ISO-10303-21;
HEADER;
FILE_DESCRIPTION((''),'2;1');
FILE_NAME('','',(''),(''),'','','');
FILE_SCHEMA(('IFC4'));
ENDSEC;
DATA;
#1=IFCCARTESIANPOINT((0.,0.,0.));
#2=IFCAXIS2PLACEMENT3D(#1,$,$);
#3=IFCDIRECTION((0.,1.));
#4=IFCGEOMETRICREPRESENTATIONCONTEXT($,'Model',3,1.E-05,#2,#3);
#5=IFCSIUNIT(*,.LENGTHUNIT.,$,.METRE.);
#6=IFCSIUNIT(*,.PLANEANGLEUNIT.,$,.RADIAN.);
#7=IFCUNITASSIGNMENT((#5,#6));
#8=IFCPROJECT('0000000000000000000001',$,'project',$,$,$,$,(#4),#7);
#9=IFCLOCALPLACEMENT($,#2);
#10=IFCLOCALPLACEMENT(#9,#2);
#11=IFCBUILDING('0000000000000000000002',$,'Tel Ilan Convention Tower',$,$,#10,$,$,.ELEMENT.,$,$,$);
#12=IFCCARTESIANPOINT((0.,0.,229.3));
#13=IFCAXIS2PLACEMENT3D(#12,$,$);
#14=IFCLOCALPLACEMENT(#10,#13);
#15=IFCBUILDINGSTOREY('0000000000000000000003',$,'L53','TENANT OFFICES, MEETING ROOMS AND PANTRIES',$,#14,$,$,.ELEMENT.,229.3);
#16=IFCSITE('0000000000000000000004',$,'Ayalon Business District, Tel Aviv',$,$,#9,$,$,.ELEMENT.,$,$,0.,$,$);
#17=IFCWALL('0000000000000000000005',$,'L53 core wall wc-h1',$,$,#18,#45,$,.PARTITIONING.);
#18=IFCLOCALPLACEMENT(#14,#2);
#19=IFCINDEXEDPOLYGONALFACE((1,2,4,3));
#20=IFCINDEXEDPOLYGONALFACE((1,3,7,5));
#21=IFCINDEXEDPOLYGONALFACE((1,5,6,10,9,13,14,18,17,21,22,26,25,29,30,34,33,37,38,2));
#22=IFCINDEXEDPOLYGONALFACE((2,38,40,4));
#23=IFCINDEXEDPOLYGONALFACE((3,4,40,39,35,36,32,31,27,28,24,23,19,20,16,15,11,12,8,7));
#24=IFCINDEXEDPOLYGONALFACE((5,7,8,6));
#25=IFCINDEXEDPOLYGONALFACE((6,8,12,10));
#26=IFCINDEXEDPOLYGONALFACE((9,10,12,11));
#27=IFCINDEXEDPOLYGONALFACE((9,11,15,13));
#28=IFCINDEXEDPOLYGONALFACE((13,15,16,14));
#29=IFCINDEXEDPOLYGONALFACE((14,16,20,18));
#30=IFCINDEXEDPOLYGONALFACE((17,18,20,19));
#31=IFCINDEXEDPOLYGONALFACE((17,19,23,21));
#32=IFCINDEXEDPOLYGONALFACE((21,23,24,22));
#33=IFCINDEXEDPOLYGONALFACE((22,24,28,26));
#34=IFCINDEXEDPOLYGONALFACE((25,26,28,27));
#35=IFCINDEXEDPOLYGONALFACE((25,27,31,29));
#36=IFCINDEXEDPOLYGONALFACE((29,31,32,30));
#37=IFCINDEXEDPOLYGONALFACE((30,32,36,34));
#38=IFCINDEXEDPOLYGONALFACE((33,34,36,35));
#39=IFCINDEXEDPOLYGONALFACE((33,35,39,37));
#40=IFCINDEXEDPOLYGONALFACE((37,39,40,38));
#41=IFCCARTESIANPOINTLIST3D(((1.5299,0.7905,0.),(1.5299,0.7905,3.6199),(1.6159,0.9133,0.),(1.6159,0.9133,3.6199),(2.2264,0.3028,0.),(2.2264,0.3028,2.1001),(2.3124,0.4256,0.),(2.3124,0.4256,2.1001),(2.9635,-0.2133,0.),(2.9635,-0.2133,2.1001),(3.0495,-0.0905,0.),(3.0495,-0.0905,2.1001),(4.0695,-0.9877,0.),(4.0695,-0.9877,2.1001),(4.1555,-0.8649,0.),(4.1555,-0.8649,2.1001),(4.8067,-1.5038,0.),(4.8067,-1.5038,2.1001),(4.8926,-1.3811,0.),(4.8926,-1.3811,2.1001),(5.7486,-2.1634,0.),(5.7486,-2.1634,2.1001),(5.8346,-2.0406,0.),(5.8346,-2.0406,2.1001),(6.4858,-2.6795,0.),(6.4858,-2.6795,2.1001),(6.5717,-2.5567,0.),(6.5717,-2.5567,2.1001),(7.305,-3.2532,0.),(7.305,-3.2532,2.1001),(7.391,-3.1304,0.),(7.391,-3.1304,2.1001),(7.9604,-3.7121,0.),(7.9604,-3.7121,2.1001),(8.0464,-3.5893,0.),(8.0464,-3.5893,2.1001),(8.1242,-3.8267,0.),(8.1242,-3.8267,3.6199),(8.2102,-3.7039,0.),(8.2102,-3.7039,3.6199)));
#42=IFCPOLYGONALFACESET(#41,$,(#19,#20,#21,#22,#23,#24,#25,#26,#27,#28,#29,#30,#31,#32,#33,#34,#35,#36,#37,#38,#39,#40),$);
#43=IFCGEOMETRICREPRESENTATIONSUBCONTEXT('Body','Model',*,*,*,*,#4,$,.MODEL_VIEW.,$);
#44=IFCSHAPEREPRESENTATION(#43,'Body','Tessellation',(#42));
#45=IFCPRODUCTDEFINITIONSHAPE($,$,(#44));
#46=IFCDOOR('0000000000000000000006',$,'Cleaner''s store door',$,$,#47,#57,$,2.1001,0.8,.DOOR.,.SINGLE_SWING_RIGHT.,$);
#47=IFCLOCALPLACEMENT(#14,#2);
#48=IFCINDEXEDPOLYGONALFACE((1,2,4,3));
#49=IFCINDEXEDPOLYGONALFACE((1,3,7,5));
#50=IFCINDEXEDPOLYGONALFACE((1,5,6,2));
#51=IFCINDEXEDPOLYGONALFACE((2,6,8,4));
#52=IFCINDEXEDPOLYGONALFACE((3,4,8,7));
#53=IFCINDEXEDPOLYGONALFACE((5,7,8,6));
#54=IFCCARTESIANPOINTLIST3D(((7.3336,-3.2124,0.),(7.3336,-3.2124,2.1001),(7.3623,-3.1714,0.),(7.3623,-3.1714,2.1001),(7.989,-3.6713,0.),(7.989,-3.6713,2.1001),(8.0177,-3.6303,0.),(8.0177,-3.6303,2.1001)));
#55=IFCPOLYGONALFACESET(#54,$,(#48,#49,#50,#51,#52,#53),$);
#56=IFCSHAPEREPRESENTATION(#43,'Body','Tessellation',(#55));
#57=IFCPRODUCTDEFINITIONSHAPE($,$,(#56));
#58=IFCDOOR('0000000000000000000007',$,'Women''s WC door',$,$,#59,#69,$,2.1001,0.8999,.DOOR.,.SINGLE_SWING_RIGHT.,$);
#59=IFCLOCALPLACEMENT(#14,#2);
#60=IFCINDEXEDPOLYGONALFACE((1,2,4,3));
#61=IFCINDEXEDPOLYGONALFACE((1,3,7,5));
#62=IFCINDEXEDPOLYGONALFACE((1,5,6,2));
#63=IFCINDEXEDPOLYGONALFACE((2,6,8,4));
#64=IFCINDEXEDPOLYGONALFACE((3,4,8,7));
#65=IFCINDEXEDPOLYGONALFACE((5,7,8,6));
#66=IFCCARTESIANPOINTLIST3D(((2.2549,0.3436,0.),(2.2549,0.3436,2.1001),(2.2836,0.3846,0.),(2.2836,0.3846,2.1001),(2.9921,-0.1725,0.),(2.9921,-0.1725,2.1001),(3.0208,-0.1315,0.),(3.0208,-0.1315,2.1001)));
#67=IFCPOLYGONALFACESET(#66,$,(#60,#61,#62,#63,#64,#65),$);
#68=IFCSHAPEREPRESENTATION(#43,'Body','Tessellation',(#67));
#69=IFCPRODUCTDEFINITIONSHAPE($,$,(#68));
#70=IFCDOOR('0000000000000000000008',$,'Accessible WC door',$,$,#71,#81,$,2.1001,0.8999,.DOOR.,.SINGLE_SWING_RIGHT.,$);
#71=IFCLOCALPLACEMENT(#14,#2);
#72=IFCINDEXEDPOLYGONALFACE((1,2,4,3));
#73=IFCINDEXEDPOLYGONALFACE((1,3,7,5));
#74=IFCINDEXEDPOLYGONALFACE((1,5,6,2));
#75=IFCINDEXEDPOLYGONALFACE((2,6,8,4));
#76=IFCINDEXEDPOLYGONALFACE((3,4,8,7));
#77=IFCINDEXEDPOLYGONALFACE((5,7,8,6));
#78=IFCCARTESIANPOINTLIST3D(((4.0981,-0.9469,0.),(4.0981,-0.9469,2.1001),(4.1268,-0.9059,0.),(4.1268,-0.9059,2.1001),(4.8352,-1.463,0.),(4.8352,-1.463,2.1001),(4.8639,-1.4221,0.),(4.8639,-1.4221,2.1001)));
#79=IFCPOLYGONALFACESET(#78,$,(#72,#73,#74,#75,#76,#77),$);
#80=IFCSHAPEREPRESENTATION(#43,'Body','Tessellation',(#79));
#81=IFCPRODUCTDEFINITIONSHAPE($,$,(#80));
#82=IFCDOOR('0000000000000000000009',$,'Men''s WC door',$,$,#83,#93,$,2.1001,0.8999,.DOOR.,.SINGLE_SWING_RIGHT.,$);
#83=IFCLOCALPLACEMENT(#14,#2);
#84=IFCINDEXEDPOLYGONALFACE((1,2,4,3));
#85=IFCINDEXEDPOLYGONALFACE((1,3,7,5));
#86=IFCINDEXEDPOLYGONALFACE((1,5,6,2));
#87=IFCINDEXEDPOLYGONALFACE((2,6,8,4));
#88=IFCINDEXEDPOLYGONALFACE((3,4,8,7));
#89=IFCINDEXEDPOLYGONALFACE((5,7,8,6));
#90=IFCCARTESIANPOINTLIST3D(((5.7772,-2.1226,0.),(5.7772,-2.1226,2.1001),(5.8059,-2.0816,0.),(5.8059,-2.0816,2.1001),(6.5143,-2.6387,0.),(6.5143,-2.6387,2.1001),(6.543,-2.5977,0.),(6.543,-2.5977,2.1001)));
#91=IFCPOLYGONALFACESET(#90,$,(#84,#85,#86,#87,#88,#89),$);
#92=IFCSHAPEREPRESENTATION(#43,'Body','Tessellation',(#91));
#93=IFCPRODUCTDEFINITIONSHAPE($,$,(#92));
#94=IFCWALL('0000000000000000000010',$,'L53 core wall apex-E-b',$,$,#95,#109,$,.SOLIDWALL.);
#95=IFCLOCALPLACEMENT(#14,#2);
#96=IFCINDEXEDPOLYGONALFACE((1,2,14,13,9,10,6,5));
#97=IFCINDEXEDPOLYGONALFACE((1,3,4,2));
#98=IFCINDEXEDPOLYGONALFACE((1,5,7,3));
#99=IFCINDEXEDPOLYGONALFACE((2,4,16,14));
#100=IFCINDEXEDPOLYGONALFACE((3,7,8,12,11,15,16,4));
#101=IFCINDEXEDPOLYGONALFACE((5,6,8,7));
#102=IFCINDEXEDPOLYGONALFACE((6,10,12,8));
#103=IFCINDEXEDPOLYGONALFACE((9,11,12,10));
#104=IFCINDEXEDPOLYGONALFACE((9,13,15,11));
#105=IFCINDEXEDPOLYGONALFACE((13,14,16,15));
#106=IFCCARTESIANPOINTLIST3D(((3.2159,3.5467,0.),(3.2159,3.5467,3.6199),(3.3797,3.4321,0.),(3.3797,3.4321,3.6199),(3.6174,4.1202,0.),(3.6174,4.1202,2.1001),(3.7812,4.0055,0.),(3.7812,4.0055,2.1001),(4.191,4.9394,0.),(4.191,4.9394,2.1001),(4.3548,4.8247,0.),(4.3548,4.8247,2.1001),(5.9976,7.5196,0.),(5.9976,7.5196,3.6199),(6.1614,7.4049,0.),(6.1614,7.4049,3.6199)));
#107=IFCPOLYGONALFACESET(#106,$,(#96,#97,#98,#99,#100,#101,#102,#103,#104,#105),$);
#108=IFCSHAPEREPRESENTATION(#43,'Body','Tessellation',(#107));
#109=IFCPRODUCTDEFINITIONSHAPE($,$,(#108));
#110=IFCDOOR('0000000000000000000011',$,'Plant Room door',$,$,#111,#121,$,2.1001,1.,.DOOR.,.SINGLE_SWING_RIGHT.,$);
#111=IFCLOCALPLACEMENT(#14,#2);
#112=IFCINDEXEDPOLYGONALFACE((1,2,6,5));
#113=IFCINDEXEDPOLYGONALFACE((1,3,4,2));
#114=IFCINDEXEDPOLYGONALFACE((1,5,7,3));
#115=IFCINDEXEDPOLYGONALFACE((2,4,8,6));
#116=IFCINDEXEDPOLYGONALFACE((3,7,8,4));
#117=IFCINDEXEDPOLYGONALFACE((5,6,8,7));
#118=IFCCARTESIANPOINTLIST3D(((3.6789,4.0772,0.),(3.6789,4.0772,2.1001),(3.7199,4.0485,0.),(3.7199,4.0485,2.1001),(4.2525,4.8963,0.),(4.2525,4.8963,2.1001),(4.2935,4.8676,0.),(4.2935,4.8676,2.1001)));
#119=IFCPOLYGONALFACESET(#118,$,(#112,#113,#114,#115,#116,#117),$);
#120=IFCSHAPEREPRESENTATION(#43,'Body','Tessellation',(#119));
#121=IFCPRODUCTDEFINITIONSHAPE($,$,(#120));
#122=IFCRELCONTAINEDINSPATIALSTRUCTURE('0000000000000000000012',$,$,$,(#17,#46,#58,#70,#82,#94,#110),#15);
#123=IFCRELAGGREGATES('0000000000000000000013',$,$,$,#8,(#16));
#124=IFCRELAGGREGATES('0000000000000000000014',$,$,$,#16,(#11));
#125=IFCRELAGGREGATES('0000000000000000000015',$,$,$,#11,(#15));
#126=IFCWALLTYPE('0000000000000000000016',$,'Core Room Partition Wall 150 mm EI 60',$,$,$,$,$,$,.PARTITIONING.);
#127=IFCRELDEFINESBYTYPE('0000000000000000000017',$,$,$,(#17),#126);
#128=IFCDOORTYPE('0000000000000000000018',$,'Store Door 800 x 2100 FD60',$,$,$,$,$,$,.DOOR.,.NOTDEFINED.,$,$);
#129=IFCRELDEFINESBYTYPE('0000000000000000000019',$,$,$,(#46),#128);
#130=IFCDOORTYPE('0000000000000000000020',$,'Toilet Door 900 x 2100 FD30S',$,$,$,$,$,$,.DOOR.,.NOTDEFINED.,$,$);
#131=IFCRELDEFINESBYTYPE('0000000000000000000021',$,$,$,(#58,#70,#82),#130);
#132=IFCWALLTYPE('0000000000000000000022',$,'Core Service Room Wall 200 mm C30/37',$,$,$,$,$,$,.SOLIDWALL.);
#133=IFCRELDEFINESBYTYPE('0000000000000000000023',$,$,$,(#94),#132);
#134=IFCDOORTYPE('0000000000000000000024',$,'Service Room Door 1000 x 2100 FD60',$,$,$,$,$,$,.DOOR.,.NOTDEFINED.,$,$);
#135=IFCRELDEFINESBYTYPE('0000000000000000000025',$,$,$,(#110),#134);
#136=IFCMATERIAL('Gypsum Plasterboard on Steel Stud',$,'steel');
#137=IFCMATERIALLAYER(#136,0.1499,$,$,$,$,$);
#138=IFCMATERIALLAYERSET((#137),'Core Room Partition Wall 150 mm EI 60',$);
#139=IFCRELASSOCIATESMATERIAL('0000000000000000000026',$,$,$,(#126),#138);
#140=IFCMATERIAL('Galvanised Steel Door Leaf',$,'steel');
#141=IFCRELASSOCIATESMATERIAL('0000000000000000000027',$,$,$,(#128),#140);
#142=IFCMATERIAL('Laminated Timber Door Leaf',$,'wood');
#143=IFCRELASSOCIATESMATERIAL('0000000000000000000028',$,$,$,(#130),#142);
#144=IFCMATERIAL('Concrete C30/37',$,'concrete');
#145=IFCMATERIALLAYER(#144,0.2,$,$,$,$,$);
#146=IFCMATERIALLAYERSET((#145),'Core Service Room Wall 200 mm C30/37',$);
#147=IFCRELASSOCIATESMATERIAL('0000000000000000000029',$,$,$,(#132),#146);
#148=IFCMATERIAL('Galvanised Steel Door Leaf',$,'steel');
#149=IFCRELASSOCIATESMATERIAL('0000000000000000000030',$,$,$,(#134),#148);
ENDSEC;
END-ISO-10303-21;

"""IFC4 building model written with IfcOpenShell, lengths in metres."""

from ifc_helpers import new_model, si_unit, direction, frame, frame_2d, origin, place, context, subcontext, project, spatial, rectangle, extrude, material, layer, layer_set, type_object, element, fill, save


model = new_model("IFC4")

# Units and contexts
model_context = context("Model", 3, precision=1e-05, world=origin(), true_north=direction((0.0, 1.0)))
body_context = subcontext(model_context, "Body", "Model", "MODEL_VIEW")
ifc_project = project(units=[si_unit("LENGTHUNIT", "METRE"), si_unit("PLANEANGLEUNIT", "RADIAN")], contexts=[model_context])

# Site, building, storey
site_placement = place(None, origin())
site = spatial("IfcSite", under=ifc_project, at=site_placement, Name="Ayalon Business District, Tel Aviv", CompositionType="ELEMENT", RefElevation=0.0)
building_placement = place(site_placement, origin())
building = spatial("IfcBuilding", under=site, at=building_placement, Name="Tel Ilan Convention Tower", CompositionType="ELEMENT")
storey_placement = place(building_placement, frame((0.0, 0.0, 229.3)))
storey = spatial("IfcBuildingStorey", under=building, at=storey_placement, Name="L53", Description="TENANT OFFICES, MEETING ROOMS AND PANTRIES", CompositionType="ELEMENT", Elevation=229.3)

# Wall, openings, doors
ifc_material_1 = material(Name="Gypsum Plasterboard on Steel Stud", Category="steel")
ifc_layer_1 = layer(ifc_material_1, 0.1499)
ifc_layer_set_1 = layer_set([ifc_layer_1], Name="Core Room Partition Wall 150 mm EI 60")
wall_type_1 = type_object("IfcWallType", Name="Core Room Partition Wall 150 mm EI 60", PredefinedType="PARTITIONING", material=ifc_layer_set_1)
wall_1_placement = place(storey_placement, frame((1.573, 0.8518, 0.0), z_axis=(0.0, 0.0, 1.0), x_axis=(0.819161, -0.573564, 0.0)))
wall_1 = element("IfcWall", 1, at=wall_1_placement, inside=storey, type_object=wall_type_1, Name="L53 core wall wc-h1", PredefinedType="PARTITIONING", context=body_context, shape_type="SweptSolid", body=[
    extrude(rectangle(XDim=8.05, YDim=0.1499, at=frame_2d((4.0249, 0.0))), origin(), (0.0, 0.0, 1.0), 3.6199),
])
opening_1_placement = place(wall_1_placement, frame((0.8501, 0.0, 0.0)))
opening_1 = element("IfcOpeningElement", 2, at=opening_1_placement, cuts=wall_1, PredefinedType="OPENING", context=body_context, shape_type="SweptSolid", body=[
    extrude(rectangle(XDim=0.8999, YDim=2.1001, at=frame_2d((0.45, 1.05))), frame((0.0, 0.085, 0.0), z_axis=(0.0, -1.0, 0.0), x_axis=(1.0, 0.0, 0.0)), (0.0, 0.0, 1.0), 0.1699),
])
opening_2_placement = place(wall_1_placement, frame((3.1001, 0.0, 0.0)))
opening_2 = element("IfcOpeningElement", 3, at=opening_2_placement, cuts=wall_1, PredefinedType="OPENING", context=body_context, shape_type="SweptSolid", body=[
    extrude(rectangle(XDim=0.8999, YDim=2.1001, at=frame_2d((0.45, 1.05))), frame((0.0, 0.085, 0.0), z_axis=(0.0, -1.0, 0.0), x_axis=(1.0, 0.0, 0.0)), (0.0, 0.0, 1.0), 0.1699),
])
opening_3_placement = place(wall_1_placement, frame((5.1499, 0.0, 0.0)))
opening_3 = element("IfcOpeningElement", 4, at=opening_3_placement, cuts=wall_1, PredefinedType="OPENING", context=body_context, shape_type="SweptSolid", body=[
    extrude(rectangle(XDim=0.8999, YDim=2.1001, at=frame_2d((0.45, 1.05))), frame((0.0, 0.085, 0.0), z_axis=(0.0, -1.0, 0.0), x_axis=(1.0, 0.0, 0.0)), (0.0, 0.0, 1.0), 0.1699),
])
opening_4_placement = place(wall_1_placement, frame((7.05, 0.0, 0.0)))
opening_4 = element("IfcOpeningElement", 5, at=opening_4_placement, cuts=wall_1, PredefinedType="OPENING", context=body_context, shape_type="SweptSolid", body=[
    extrude(rectangle(XDim=0.8, YDim=2.1001, at=frame_2d((0.3999, 1.05))), frame((0.0, 0.085, 0.0), z_axis=(0.0, -1.0, 0.0), x_axis=(1.0, 0.0, 0.0)), (0.0, 0.0, 1.0), 0.1699),
])
ifc_material_2 = material(Name="Galvanised Steel Door Leaf", Category="steel")
door_type_1 = type_object("IfcDoorType", Name="Store Door 800 x 2100 FD60", OperationType="NOTDEFINED", PredefinedType="DOOR", material=ifc_material_2)
door_1_placement = place(opening_4_placement, origin())
door_1 = element("IfcDoor", 6, at=door_1_placement, inside=storey, type_object=door_type_1, Name="Cleaner's store door", OperationType="SINGLE_SWING_RIGHT", OverallHeight=2.1001, OverallWidth=0.8, PredefinedType="DOOR", context=body_context, shape_type="SweptSolid", body=[
    extrude(rectangle(XDim=0.8, YDim=2.1001, at=frame_2d((0.3999, 1.05))), frame((0.0, 0.0249, 0.0), z_axis=(0.0, -1.0, 0.0), x_axis=(1.0, 0.0, 0.0)), (0.0, 0.0, 1.0), 0.05),
])
fill(opening_4, door_1)
ifc_material_3 = material(Name="Laminated Timber Door Leaf", Category="wood")
door_type_2 = type_object("IfcDoorType", Name="Toilet Door 900 x 2100 FD30S", OperationType="NOTDEFINED", PredefinedType="DOOR", material=ifc_material_3)
door_2_placement = place(opening_1_placement, origin())
door_2 = element("IfcDoor", 7, at=door_2_placement, inside=storey, type_object=door_type_2, Name="Women's WC door", OperationType="SINGLE_SWING_RIGHT", OverallHeight=2.1001, OverallWidth=0.8999, PredefinedType="DOOR", context=body_context, shape_type="SweptSolid", body=[
    extrude(rectangle(XDim=0.8999, YDim=2.1001, at=frame_2d((0.45, 1.05))), frame((0.0, 0.0249, 0.0), z_axis=(0.0, -1.0, 0.0), x_axis=(1.0, 0.0, 0.0)), (0.0, 0.0, 1.0), 0.05),
])
fill(opening_1, door_2)
door_3_placement = place(opening_2_placement, origin())
door_3 = element("IfcDoor", 8, at=door_3_placement, inside=storey, type_object=door_type_2, Name="Accessible WC door", OperationType="SINGLE_SWING_RIGHT", OverallHeight=2.1001, OverallWidth=0.8999, PredefinedType="DOOR", context=body_context, shape_type="SweptSolid", body=[
    extrude(rectangle(XDim=0.8999, YDim=2.1001, at=frame_2d((0.45, 1.05))), frame((0.0, 0.0249, 0.0), z_axis=(0.0, -1.0, 0.0), x_axis=(1.0, 0.0, 0.0)), (0.0, 0.0, 1.0), 0.05),
])
fill(opening_2, door_3)
door_4_placement = place(opening_3_placement, origin())
door_4 = element("IfcDoor", 9, at=door_4_placement, inside=storey, type_object=door_type_2, Name="Men's WC door", OperationType="SINGLE_SWING_RIGHT", OverallHeight=2.1001, OverallWidth=0.8999, PredefinedType="DOOR", context=body_context, shape_type="SweptSolid", body=[
    extrude(rectangle(XDim=0.8999, YDim=2.1001, at=frame_2d((0.45, 1.05))), frame((0.0, 0.0249, 0.0), z_axis=(0.0, -1.0, 0.0), x_axis=(1.0, 0.0, 0.0)), (0.0, 0.0, 1.0), 0.05),
])
fill(opening_3, door_4)

# Wall, opening, door
ifc_material_4 = material(Name="Concrete C30/37", Category="concrete")
ifc_layer_2 = layer(ifc_material_4, 0.2)
ifc_layer_set_2 = layer_set([ifc_layer_2], Name="Core Service Room Wall 200 mm C30/37")
wall_type_2 = type_object("IfcWallType", Name="Core Service Room Wall 200 mm C30/37", PredefinedType="SOLIDWALL", material=ifc_layer_set_2)
wall_2_placement = place(storey_placement, frame((3.2979, 3.4895, 0.0), z_axis=(0.0, 0.0, 1.0), x_axis=(0.57356, 0.819163, 0.0)))
wall_2 = element("IfcWall", 10, at=wall_2_placement, inside=storey, type_object=wall_type_2, Name="L53 core wall apex-E-b", PredefinedType="SOLIDWALL", context=body_context, shape_type="SweptSolid", body=[
    extrude(rectangle(XDim=4.8499, YDim=0.2, at=frame_2d((2.4248, 0.0))), origin(), (0.0, 0.0, 1.0), 3.6199),
])
opening_5_placement = place(wall_2_placement, frame((0.7, 0.0, 0.0)))
opening_5 = element("IfcOpeningElement", 11, at=opening_5_placement, cuts=wall_2, PredefinedType="OPENING", context=body_context, shape_type="SweptSolid", body=[
    extrude(rectangle(XDim=1.0, YDim=2.1001, at=frame_2d((0.5, 1.05))), frame((0.0, 0.1099, 0.0), z_axis=(0.0, -1.0, 0.0), x_axis=(1.0, 0.0, 0.0)), (0.0, 0.0, 1.0), 0.22),
])
ifc_material_5 = material(Name="Galvanised Steel Door Leaf", Category="steel")
door_type_3 = type_object("IfcDoorType", Name="Service Room Door 1000 x 2100 FD60", OperationType="NOTDEFINED", PredefinedType="DOOR", material=ifc_material_5)
door_5_placement = place(opening_5_placement, origin())
door_5 = element("IfcDoor", 12, at=door_5_placement, inside=storey, type_object=door_type_3, Name="Plant Room door", OperationType="SINGLE_SWING_RIGHT", OverallHeight=2.1001, OverallWidth=1.0, PredefinedType="DOOR", context=body_context, shape_type="SweptSolid", body=[
    extrude(rectangle(XDim=1.0, YDim=2.1001, at=frame_2d((0.5, 1.05))), frame((0.0, 0.0249, 0.0), z_axis=(0.0, -1.0, 0.0), x_axis=(1.0, 0.0, 0.0)), (0.0, 0.0, 1.0), 0.05),
])
fill(opening_5, door_5)

save(model, "model.ifc")
